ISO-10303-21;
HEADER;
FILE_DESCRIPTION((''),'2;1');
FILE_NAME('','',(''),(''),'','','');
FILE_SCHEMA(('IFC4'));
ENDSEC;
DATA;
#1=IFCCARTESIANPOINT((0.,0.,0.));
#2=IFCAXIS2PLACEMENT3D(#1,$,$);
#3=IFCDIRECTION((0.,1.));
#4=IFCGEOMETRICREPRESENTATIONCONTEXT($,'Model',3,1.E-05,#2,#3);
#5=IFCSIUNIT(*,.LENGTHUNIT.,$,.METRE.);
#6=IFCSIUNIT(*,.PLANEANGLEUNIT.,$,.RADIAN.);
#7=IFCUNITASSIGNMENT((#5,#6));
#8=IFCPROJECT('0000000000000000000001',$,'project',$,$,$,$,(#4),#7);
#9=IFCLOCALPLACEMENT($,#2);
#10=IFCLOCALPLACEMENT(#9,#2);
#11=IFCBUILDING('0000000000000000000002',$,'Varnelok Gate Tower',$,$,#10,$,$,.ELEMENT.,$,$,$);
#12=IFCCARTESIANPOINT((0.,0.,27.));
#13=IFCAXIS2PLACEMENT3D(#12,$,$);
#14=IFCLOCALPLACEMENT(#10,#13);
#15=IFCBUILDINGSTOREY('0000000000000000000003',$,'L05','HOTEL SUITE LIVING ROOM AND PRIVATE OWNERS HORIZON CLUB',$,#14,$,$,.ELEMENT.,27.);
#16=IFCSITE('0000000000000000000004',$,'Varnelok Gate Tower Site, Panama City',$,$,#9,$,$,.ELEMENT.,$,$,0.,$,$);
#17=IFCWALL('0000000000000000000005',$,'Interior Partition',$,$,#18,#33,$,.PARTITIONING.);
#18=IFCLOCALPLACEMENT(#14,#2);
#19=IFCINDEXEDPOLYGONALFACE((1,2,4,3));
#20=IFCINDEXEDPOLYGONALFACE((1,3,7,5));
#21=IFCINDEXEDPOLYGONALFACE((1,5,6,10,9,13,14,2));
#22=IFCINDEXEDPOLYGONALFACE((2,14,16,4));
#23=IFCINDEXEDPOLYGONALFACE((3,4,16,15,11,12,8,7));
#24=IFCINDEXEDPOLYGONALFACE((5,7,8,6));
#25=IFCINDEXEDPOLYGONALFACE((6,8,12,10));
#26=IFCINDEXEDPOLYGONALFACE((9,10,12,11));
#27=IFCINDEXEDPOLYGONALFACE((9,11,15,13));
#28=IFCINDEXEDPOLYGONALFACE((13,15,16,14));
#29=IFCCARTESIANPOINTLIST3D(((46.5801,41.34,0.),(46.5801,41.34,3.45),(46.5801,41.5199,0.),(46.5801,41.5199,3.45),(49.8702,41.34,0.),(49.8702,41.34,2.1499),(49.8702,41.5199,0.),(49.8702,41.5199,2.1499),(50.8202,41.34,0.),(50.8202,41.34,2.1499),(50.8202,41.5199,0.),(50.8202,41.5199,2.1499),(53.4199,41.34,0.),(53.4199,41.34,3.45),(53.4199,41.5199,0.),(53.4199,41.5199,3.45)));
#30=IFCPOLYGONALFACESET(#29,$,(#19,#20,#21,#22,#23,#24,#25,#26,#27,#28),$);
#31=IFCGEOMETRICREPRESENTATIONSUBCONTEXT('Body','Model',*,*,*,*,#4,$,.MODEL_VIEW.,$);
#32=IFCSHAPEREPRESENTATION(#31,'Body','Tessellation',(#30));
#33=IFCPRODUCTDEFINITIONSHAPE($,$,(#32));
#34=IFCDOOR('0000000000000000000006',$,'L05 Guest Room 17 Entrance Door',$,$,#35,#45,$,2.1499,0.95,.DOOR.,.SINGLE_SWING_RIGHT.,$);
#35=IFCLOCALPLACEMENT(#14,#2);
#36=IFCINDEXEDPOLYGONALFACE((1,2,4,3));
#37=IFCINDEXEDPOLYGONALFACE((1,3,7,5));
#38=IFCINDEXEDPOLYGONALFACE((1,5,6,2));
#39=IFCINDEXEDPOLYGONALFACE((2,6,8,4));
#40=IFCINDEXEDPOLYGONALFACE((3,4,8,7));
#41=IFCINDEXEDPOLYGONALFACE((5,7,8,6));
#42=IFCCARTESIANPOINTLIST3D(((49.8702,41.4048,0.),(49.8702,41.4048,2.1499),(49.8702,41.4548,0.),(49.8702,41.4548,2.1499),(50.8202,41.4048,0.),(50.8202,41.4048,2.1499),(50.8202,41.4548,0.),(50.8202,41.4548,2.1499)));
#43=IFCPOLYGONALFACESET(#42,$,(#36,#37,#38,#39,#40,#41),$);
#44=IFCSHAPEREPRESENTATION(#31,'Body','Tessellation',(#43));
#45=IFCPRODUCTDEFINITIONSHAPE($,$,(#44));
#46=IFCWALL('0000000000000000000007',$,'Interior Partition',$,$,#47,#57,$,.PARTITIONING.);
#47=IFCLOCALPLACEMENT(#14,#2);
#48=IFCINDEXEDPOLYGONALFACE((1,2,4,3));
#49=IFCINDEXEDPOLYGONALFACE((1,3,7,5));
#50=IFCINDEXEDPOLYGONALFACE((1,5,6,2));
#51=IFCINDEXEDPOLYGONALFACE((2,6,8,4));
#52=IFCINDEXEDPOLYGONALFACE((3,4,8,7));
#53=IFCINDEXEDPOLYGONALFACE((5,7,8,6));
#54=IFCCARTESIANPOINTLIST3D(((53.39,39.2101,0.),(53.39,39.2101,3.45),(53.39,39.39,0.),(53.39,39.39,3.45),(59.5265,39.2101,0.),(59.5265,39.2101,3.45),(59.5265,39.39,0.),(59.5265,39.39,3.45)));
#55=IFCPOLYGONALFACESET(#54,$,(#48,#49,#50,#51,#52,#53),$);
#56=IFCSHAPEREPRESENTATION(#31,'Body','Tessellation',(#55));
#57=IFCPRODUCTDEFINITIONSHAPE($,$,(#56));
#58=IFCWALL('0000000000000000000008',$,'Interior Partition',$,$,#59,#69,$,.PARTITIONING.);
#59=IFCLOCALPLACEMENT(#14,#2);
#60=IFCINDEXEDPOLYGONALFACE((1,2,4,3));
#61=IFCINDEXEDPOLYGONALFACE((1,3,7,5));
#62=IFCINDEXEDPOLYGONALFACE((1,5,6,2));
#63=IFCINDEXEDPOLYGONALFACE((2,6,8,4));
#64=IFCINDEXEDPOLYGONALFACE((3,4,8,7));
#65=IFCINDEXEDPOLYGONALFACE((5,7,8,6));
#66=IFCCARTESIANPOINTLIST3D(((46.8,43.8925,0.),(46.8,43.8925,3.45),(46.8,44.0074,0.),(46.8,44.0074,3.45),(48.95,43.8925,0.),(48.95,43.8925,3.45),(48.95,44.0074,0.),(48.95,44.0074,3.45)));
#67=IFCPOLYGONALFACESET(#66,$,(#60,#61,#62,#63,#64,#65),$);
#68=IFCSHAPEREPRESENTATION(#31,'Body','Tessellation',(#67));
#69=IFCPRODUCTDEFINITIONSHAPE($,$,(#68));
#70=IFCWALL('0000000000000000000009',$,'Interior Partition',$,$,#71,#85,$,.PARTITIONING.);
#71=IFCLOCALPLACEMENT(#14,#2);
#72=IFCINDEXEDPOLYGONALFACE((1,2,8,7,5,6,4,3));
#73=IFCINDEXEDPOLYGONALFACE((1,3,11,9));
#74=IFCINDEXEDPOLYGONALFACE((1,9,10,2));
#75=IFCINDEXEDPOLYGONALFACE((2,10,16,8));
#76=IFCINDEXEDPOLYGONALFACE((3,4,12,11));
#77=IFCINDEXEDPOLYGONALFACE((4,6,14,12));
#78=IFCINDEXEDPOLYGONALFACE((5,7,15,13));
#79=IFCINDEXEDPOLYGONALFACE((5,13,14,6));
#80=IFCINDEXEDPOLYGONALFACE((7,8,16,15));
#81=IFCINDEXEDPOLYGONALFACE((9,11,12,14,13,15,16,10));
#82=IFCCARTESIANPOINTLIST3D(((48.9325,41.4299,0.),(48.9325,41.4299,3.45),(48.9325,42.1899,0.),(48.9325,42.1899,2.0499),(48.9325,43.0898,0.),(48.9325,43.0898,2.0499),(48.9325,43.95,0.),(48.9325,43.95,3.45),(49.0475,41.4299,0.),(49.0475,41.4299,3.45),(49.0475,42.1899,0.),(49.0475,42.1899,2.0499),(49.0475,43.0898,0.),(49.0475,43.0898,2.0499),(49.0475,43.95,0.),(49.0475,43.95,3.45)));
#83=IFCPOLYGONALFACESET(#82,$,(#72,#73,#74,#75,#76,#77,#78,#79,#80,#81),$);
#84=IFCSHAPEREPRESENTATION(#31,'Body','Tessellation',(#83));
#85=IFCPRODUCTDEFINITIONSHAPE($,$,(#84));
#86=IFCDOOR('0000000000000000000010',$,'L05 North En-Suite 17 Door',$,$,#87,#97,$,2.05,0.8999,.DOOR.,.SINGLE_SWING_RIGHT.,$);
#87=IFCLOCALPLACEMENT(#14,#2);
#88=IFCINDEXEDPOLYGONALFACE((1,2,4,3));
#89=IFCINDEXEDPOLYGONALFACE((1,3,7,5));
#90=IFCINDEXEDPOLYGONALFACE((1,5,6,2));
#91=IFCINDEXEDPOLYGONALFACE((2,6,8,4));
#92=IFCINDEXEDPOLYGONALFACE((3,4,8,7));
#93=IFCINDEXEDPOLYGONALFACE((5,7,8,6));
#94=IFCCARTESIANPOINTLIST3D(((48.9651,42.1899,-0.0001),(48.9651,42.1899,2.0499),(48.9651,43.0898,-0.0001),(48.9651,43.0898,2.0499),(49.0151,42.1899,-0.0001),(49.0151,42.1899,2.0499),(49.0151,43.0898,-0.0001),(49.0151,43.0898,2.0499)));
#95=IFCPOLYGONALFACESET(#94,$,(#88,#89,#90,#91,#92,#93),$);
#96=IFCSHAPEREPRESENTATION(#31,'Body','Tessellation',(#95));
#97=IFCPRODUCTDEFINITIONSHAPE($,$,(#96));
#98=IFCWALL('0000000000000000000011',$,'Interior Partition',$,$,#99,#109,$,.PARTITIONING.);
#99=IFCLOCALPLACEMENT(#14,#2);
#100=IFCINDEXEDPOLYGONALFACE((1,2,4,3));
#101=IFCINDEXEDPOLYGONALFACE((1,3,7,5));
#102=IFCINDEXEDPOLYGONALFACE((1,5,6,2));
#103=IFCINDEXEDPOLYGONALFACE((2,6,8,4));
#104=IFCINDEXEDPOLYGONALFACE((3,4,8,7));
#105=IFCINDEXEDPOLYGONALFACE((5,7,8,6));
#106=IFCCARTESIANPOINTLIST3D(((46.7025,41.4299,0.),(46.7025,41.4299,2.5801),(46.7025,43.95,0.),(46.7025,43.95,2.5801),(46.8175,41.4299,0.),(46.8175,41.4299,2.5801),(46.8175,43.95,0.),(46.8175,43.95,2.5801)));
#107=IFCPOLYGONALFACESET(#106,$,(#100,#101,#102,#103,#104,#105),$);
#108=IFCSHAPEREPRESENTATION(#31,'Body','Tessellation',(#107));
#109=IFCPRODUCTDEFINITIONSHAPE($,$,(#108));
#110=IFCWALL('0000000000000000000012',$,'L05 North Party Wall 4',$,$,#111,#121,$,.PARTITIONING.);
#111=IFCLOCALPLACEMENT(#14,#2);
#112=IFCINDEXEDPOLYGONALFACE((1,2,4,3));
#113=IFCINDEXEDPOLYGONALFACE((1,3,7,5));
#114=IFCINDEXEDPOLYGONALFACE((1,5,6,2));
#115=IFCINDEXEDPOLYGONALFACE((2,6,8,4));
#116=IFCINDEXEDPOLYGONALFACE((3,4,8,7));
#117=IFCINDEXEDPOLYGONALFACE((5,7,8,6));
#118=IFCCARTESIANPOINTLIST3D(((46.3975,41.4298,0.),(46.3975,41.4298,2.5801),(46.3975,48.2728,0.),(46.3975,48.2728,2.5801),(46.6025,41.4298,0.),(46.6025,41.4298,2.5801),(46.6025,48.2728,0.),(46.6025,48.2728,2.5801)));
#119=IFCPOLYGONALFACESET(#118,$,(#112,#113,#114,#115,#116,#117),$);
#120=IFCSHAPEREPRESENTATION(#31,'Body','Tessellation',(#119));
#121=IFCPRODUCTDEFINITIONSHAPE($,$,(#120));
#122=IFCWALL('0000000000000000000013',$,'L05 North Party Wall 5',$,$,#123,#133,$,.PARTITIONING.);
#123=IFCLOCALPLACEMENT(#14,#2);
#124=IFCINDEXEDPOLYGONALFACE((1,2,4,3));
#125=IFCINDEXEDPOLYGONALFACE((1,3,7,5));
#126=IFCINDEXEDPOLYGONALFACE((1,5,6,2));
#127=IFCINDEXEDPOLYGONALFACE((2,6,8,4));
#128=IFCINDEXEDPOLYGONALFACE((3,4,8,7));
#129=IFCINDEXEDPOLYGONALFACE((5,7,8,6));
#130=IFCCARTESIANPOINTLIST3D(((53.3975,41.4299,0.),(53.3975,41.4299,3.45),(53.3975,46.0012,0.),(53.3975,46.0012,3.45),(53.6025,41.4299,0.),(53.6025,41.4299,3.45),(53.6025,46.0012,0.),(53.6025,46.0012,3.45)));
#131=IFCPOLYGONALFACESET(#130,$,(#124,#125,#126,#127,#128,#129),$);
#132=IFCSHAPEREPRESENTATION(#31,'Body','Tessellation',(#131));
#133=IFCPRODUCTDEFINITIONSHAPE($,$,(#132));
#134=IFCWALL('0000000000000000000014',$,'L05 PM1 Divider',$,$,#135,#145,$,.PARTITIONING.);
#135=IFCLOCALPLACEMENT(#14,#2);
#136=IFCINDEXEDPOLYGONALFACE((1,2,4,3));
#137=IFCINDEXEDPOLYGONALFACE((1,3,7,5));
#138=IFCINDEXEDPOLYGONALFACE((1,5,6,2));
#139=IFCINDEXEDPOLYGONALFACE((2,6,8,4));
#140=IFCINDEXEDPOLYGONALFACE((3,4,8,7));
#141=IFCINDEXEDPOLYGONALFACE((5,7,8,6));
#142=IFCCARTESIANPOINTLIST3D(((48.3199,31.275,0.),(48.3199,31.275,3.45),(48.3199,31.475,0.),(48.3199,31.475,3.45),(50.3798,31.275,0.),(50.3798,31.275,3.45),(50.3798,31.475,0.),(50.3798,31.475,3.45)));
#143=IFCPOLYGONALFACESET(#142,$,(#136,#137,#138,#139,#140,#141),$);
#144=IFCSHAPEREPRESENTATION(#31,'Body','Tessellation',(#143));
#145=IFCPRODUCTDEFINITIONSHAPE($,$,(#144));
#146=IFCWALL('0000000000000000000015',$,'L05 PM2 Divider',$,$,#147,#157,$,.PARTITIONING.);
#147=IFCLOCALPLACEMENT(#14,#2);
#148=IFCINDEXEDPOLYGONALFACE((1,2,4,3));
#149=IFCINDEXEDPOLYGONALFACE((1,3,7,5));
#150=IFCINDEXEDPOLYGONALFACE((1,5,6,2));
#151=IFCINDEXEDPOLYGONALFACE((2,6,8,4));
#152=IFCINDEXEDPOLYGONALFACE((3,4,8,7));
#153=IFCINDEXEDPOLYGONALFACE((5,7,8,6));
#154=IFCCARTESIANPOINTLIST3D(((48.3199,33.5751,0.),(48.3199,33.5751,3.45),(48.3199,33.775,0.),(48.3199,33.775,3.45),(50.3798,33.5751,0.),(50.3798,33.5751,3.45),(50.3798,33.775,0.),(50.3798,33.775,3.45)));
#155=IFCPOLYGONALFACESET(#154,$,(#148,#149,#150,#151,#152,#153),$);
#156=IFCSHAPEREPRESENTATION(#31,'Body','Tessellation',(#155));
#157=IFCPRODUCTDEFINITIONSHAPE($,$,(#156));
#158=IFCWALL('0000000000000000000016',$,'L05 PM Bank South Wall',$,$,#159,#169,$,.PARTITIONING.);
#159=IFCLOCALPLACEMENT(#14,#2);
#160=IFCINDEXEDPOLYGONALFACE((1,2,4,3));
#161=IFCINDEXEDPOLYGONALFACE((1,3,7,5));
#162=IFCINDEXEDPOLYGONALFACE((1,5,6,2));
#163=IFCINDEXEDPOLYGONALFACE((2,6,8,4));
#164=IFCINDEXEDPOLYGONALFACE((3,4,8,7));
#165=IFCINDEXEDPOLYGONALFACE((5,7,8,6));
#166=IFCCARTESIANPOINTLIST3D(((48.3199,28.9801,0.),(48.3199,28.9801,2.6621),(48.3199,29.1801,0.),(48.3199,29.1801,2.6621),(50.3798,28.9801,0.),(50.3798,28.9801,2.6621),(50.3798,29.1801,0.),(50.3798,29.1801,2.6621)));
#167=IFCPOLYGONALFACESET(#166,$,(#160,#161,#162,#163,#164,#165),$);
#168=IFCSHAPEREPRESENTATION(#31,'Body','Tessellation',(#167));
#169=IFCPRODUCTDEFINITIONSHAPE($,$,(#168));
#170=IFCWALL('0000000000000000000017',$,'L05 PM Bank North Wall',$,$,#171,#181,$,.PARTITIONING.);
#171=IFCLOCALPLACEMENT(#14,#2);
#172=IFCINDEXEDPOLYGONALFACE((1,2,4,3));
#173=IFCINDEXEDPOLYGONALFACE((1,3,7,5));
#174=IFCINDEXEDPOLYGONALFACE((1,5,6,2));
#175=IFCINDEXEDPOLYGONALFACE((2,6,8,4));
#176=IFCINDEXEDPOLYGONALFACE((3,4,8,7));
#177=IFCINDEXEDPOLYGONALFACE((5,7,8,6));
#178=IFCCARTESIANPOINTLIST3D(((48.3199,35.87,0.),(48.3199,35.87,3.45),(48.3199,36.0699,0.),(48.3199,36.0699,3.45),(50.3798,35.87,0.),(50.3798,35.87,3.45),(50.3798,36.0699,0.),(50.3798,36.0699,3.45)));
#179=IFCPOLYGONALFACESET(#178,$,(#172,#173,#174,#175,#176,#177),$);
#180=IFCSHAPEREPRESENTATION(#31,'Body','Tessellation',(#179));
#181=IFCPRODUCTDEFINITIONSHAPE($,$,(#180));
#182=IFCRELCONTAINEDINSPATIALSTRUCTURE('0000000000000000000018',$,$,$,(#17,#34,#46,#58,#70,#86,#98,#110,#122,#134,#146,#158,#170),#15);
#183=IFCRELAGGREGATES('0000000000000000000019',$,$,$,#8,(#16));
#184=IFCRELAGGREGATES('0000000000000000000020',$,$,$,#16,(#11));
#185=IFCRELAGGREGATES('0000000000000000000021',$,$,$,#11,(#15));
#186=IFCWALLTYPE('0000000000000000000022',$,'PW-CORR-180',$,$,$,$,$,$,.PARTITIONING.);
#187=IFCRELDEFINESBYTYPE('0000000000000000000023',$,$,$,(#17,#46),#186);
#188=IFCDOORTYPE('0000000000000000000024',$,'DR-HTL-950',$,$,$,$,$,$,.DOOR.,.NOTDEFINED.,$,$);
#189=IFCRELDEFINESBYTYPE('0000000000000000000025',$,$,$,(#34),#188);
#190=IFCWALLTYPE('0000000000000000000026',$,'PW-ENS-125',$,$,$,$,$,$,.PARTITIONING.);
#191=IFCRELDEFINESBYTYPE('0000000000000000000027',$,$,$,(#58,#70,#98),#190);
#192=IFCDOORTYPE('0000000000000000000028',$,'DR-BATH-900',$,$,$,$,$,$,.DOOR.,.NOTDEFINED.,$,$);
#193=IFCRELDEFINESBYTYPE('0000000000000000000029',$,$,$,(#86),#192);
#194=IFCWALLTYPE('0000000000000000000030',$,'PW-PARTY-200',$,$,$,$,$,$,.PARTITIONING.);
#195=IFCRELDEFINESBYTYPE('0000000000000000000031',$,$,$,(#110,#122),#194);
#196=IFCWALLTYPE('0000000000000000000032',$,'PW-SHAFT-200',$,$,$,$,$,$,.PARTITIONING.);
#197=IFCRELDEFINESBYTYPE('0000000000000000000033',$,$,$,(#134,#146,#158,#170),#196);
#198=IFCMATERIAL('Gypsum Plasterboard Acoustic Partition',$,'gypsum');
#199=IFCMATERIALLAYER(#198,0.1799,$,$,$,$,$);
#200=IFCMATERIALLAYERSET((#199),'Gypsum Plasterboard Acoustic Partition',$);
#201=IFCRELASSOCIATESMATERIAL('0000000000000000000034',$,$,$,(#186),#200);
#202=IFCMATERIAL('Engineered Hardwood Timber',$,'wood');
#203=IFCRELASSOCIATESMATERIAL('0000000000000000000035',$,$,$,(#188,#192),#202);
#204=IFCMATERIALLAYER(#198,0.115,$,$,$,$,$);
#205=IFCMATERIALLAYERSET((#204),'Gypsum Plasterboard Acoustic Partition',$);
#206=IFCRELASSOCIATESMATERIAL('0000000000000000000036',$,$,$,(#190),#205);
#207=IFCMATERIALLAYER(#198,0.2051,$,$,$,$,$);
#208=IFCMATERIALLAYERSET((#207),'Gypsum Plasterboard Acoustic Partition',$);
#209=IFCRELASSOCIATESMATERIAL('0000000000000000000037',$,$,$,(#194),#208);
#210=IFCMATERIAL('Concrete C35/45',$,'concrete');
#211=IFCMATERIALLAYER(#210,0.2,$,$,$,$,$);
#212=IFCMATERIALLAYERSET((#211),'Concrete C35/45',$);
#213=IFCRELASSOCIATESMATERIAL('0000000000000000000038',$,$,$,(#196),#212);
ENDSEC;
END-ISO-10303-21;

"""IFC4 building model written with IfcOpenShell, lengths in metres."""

from ifc_helpers import new_model, si_unit, direction, frame, frame_2d, origin, place, context, subcontext, project, spatial, rectangle, extrude, material, layer, layer_set, type_object, element, fill, save


model = new_model("IFC4")

# Units and contexts
model_context = context("Model", 3, precision=1e-05, world=origin(), true_north=direction((0.0, 1.0)))
body_context = subcontext(model_context, "Body", "Model", "MODEL_VIEW")
ifc_project = project(units=[si_unit("LENGTHUNIT", "METRE"), si_unit("PLANEANGLEUNIT", "RADIAN")], contexts=[model_context])

# Site, building, storey
site_placement = place(None, origin())
site = spatial("IfcSite", under=ifc_project, at=site_placement, Name="Varnelok Gate Tower Site, Panama City", CompositionType="ELEMENT", RefElevation=0.0)
building_placement = place(site_placement, origin())
building = spatial("IfcBuilding", under=site, at=building_placement, Name="Varnelok Gate Tower", CompositionType="ELEMENT")
storey_placement = place(building_placement, frame((0.0, 0.0, 27.0)))
storey = spatial("IfcBuildingStorey", under=building, at=storey_placement, Name="L05", Description="HOTEL SUITE LIVING ROOM AND PRIVATE OWNERS HORIZON CLUB", CompositionType="ELEMENT", Elevation=27.0)

# Wall, opening, door
ifc_material_1 = material(Name="Gypsum Plasterboard Acoustic Partition", Category="gypsum")
ifc_layer_1 = layer(ifc_material_1, 0.1799)
ifc_layer_set_1 = layer_set([ifc_layer_1], Name="Gypsum Plasterboard Acoustic Partition")
wall_type_1 = type_object("IfcWallType", Name="PW-CORR-180", PredefinedType="PARTITIONING", material=ifc_layer_set_1)
wall_1_placement = place(storey_placement, frame((46.5801, 41.4299, 0.0), z_axis=(0.0, 0.0, 1.0), x_axis=(1.0, 0.0, 0.0)))
wall_1 = element("IfcWall", 1, at=wall_1_placement, inside=storey, type_object=wall_type_1, Name="Interior Partition", PredefinedType="PARTITIONING", context=body_context, shape_type="SweptSolid", body=[
    extrude(rectangle(XDim=6.8398, YDim=0.1799, at=frame_2d((3.4199, 0.0))), origin(), (0.0, 0.0, 1.0), 3.45),
])
opening_1_placement = place(wall_1_placement, frame((3.29, 0.0, 0.0)))
opening_1 = element("IfcOpeningElement", 2, at=opening_1_placement, cuts=wall_1, PredefinedType="OPENING", context=body_context, shape_type="SweptSolid", body=[
    extrude(rectangle(XDim=0.95, YDim=2.1499, at=frame_2d((0.4751, 1.075))), frame((0.0, 0.0999, 0.0), z_axis=(0.0, -1.0, 0.0), x_axis=(1.0, 0.0, 0.0)), (0.0, 0.0, 1.0), 0.2),
])
ifc_material_2 = material(Name="Engineered Hardwood Timber", Category="wood")
door_type_1 = type_object("IfcDoorType", Name="DR-HTL-950", OperationType="NOTDEFINED", PredefinedType="DOOR", material=ifc_material_2)
door_1_placement = place(opening_1_placement, origin())
door_1 = element("IfcDoor", 3, at=door_1_placement, inside=storey, type_object=door_type_1, Name="L05 Guest Room 17 Entrance Door", OperationType="SINGLE_SWING_RIGHT", OverallHeight=2.1499, OverallWidth=0.95, PredefinedType="DOOR", context=body_context, shape_type="SweptSolid", body=[
    extrude(rectangle(XDim=0.95, YDim=2.1499, at=frame_2d((0.4751, 1.075))), frame((0.0, 0.0249, 0.0), z_axis=(0.0, -1.0, 0.0), x_axis=(1.0, 0.0, 0.0)), (0.0, 0.0, 1.0), 0.05),
])
fill(opening_1, door_1)

# Walls
wall_2_placement = place(storey_placement, frame((53.3899, 39.3, 0.0), z_axis=(0.0, 0.0, 1.0), x_axis=(1.0, 0.0, 0.0)))
element("IfcWall", 4, at=wall_2_placement, inside=storey, type_object=wall_type_1, Name="Interior Partition", PredefinedType="PARTITIONING", context=body_context, shape_type="SweptSolid", body=[
    extrude(rectangle(XDim=6.1365, YDim=0.1799, at=frame_2d((3.0684, 0.0))), origin(), (0.0, 0.0, 1.0), 3.45),
])
ifc_layer_2 = layer(ifc_material_1, 0.115)
ifc_layer_set_2 = layer_set([ifc_layer_2], Name="Gypsum Plasterboard Acoustic Partition")
wall_type_2 = type_object("IfcWallType", Name="PW-ENS-125", PredefinedType="PARTITIONING", material=ifc_layer_set_2)
wall_3_placement = place(storey_placement, frame((46.8, 43.95, 0.0), z_axis=(0.0, 0.0, 1.0), x_axis=(1.0, 0.0, 0.0)))
element("IfcWall", 5, at=wall_3_placement, inside=storey, type_object=wall_type_2, Name="Interior Partition", PredefinedType="PARTITIONING", context=body_context, shape_type="SweptSolid", body=[
    extrude(rectangle(XDim=2.1499, YDim=0.115, at=frame_2d((1.075, 0.0))), origin(), (0.0, 0.0, 1.0), 3.45),
])

# Wall, opening, door
wall_4_placement = place(storey_placement, frame((48.99, 41.4299, 0.0), z_axis=(0.0, 0.0, 1.0), x_axis=(0.0, 1.0, 0.0)))
wall_4 = element("IfcWall", 6, at=wall_4_placement, inside=storey, type_object=wall_type_2, Name="Interior Partition", PredefinedType="PARTITIONING", context=body_context, shape_type="SweptSolid", body=[
    extrude(rectangle(XDim=2.52, YDim=0.115, at=frame_2d((1.26, 0.0))), origin(), (0.0, 0.0, 1.0), 3.45),
])
opening_2_placement = place(wall_4_placement, frame((0.76, 0.0, 0.0)))
opening_2 = element("IfcOpeningElement", 7, at=opening_2_placement, cuts=wall_4, PredefinedType="OPENING", context=body_context, shape_type="SweptSolid", body=[
    extrude(rectangle(XDim=0.8999, YDim=2.05, at=frame_2d((0.45, 1.0249))), frame((0.0, 0.0674, 0.0), z_axis=(0.0, -1.0, 0.0), x_axis=(1.0, 0.0, 0.0)), (0.0, 0.0, 1.0), 0.135),
])
door_type_2 = type_object("IfcDoorType", Name="DR-BATH-900", OperationType="NOTDEFINED", PredefinedType="DOOR", material=ifc_material_2)
door_2_placement = place(opening_2_placement, origin())
door_2 = element("IfcDoor", 8, at=door_2_placement, inside=storey, type_object=door_type_2, Name="L05 North En-Suite 17 Door", OperationType="SINGLE_SWING_RIGHT", OverallHeight=2.05, OverallWidth=0.8999, PredefinedType="DOOR", context=body_context, shape_type="SweptSolid", body=[
    extrude(rectangle(XDim=0.8999, YDim=2.05, at=frame_2d((0.45, 1.0249))), frame((0.0, 0.0249, 0.0), z_axis=(0.0, -1.0, 0.0), x_axis=(1.0, 0.0, 0.0)), (0.0, 0.0, 1.0), 0.05),
])
fill(opening_2, door_2)

# Walls
wall_5_placement = place(storey_placement, frame((46.76, 41.4299, 0.0), z_axis=(0.0, 0.0, 1.0), x_axis=(0.0, 1.0, 0.0)))
element("IfcWall", 9, at=wall_5_placement, inside=storey, type_object=wall_type_2, Name="Interior Partition", PredefinedType="PARTITIONING", context=body_context, shape_type="SweptSolid", body=[
    extrude(rectangle(XDim=2.52, YDim=0.115, at=frame_2d((1.26, 0.0))), origin(), (0.0, 0.0, 1.0), 2.5801),
])
ifc_layer_3 = layer(ifc_material_1, 0.2051)
ifc_layer_set_3 = layer_set([ifc_layer_3], Name="Gypsum Plasterboard Acoustic Partition")
wall_type_3 = type_object("IfcWallType", Name="PW-PARTY-200", PredefinedType="PARTITIONING", material=ifc_layer_set_3)
wall_6_placement = place(storey_placement, frame((46.5, 41.4299, 0.0), z_axis=(0.0, 0.0, 1.0), x_axis=(0.0, 1.0, 0.0)))
element("IfcWall", 10, at=wall_6_placement, inside=storey, type_object=wall_type_3, Name="L05 North Party Wall 4", PredefinedType="PARTITIONING", context=body_context, shape_type="SweptSolid", body=[
    extrude(rectangle(XDim=6.843, YDim=0.2051, at=frame_2d((3.4214, 0.0))), origin(), (0.0, 0.0, 1.0), 2.5801),
])
wall_7_placement = place(storey_placement, frame((53.5, 41.4299, 0.0), z_axis=(0.0, 0.0, 1.0), x_axis=(0.0, 1.0, 0.0)))
element("IfcWall", 11, at=wall_7_placement, inside=storey, type_object=wall_type_3, Name="L05 North Party Wall 5", PredefinedType="PARTITIONING", context=body_context, shape_type="SweptSolid", body=[
    extrude(rectangle(XDim=4.5713, YDim=0.2051, at=frame_2d((2.2856, 0.0))), origin(), (0.0, 0.0, 1.0), 3.45),
])
ifc_material_3 = material(Name="Concrete C35/45", Category="concrete")
ifc_layer_4 = layer(ifc_material_3, 0.2)
ifc_layer_set_4 = layer_set([ifc_layer_4], Name="Concrete C35/45")
wall_type_4 = type_object("IfcWallType", Name="PW-SHAFT-200", PredefinedType="PARTITIONING", material=ifc_layer_set_4)
for number, where, z_axis, x_axis, name in (
    (12, (48.3201, 31.375, 0.0), (0.0, 0.0, 1.0), (1.0, 0.0, 0.0), "L05 PM1 Divider"),
    (13, (48.3201, 33.675, 0.0), (0.0, 0.0, 1.0), (1.0, 0.0, 0.0), "L05 PM2 Divider"),
):
    element("IfcWall", number, at=place(storey_placement, frame(where, z_axis=z_axis, x_axis=x_axis)), inside=storey, type_object=wall_type_4, Name=name, PredefinedType="PARTITIONING", context=body_context, shape_type="SweptSolid", body=[
        extrude(rectangle(XDim=2.0598, YDim=0.2, at=frame_2d((1.0298, 0.0))), origin(), (0.0, 0.0, 1.0), 3.45),
    ])
wall_8_placement = place(storey_placement, frame((48.3201, 29.0801, 0.0), z_axis=(0.0, 0.0, 1.0), x_axis=(1.0, 0.0, 0.0)))
element("IfcWall", 14, at=wall_8_placement, inside=storey, type_object=wall_type_4, Name="L05 PM Bank South Wall", PredefinedType="PARTITIONING", context=body_context, shape_type="SweptSolid", body=[
    extrude(rectangle(XDim=2.0598, YDim=0.2, at=frame_2d((1.0298, 0.0))), origin(), (0.0, 0.0, 1.0), 2.6621),
])
wall_9_placement = place(storey_placement, frame((48.3201, 35.97, 0.0), z_axis=(0.0, 0.0, 1.0), x_axis=(1.0, 0.0, 0.0)))
element("IfcWall", 15, at=wall_9_placement, inside=storey, type_object=wall_type_4, Name="L05 PM Bank North Wall", PredefinedType="PARTITIONING", context=body_context, shape_type="SweptSolid", body=[
    extrude(rectangle(XDim=2.0598, YDim=0.2, at=frame_2d((1.0298, 0.0))), origin(), (0.0, 0.0, 1.0), 3.45),
])

save(model, "model.ifc")
